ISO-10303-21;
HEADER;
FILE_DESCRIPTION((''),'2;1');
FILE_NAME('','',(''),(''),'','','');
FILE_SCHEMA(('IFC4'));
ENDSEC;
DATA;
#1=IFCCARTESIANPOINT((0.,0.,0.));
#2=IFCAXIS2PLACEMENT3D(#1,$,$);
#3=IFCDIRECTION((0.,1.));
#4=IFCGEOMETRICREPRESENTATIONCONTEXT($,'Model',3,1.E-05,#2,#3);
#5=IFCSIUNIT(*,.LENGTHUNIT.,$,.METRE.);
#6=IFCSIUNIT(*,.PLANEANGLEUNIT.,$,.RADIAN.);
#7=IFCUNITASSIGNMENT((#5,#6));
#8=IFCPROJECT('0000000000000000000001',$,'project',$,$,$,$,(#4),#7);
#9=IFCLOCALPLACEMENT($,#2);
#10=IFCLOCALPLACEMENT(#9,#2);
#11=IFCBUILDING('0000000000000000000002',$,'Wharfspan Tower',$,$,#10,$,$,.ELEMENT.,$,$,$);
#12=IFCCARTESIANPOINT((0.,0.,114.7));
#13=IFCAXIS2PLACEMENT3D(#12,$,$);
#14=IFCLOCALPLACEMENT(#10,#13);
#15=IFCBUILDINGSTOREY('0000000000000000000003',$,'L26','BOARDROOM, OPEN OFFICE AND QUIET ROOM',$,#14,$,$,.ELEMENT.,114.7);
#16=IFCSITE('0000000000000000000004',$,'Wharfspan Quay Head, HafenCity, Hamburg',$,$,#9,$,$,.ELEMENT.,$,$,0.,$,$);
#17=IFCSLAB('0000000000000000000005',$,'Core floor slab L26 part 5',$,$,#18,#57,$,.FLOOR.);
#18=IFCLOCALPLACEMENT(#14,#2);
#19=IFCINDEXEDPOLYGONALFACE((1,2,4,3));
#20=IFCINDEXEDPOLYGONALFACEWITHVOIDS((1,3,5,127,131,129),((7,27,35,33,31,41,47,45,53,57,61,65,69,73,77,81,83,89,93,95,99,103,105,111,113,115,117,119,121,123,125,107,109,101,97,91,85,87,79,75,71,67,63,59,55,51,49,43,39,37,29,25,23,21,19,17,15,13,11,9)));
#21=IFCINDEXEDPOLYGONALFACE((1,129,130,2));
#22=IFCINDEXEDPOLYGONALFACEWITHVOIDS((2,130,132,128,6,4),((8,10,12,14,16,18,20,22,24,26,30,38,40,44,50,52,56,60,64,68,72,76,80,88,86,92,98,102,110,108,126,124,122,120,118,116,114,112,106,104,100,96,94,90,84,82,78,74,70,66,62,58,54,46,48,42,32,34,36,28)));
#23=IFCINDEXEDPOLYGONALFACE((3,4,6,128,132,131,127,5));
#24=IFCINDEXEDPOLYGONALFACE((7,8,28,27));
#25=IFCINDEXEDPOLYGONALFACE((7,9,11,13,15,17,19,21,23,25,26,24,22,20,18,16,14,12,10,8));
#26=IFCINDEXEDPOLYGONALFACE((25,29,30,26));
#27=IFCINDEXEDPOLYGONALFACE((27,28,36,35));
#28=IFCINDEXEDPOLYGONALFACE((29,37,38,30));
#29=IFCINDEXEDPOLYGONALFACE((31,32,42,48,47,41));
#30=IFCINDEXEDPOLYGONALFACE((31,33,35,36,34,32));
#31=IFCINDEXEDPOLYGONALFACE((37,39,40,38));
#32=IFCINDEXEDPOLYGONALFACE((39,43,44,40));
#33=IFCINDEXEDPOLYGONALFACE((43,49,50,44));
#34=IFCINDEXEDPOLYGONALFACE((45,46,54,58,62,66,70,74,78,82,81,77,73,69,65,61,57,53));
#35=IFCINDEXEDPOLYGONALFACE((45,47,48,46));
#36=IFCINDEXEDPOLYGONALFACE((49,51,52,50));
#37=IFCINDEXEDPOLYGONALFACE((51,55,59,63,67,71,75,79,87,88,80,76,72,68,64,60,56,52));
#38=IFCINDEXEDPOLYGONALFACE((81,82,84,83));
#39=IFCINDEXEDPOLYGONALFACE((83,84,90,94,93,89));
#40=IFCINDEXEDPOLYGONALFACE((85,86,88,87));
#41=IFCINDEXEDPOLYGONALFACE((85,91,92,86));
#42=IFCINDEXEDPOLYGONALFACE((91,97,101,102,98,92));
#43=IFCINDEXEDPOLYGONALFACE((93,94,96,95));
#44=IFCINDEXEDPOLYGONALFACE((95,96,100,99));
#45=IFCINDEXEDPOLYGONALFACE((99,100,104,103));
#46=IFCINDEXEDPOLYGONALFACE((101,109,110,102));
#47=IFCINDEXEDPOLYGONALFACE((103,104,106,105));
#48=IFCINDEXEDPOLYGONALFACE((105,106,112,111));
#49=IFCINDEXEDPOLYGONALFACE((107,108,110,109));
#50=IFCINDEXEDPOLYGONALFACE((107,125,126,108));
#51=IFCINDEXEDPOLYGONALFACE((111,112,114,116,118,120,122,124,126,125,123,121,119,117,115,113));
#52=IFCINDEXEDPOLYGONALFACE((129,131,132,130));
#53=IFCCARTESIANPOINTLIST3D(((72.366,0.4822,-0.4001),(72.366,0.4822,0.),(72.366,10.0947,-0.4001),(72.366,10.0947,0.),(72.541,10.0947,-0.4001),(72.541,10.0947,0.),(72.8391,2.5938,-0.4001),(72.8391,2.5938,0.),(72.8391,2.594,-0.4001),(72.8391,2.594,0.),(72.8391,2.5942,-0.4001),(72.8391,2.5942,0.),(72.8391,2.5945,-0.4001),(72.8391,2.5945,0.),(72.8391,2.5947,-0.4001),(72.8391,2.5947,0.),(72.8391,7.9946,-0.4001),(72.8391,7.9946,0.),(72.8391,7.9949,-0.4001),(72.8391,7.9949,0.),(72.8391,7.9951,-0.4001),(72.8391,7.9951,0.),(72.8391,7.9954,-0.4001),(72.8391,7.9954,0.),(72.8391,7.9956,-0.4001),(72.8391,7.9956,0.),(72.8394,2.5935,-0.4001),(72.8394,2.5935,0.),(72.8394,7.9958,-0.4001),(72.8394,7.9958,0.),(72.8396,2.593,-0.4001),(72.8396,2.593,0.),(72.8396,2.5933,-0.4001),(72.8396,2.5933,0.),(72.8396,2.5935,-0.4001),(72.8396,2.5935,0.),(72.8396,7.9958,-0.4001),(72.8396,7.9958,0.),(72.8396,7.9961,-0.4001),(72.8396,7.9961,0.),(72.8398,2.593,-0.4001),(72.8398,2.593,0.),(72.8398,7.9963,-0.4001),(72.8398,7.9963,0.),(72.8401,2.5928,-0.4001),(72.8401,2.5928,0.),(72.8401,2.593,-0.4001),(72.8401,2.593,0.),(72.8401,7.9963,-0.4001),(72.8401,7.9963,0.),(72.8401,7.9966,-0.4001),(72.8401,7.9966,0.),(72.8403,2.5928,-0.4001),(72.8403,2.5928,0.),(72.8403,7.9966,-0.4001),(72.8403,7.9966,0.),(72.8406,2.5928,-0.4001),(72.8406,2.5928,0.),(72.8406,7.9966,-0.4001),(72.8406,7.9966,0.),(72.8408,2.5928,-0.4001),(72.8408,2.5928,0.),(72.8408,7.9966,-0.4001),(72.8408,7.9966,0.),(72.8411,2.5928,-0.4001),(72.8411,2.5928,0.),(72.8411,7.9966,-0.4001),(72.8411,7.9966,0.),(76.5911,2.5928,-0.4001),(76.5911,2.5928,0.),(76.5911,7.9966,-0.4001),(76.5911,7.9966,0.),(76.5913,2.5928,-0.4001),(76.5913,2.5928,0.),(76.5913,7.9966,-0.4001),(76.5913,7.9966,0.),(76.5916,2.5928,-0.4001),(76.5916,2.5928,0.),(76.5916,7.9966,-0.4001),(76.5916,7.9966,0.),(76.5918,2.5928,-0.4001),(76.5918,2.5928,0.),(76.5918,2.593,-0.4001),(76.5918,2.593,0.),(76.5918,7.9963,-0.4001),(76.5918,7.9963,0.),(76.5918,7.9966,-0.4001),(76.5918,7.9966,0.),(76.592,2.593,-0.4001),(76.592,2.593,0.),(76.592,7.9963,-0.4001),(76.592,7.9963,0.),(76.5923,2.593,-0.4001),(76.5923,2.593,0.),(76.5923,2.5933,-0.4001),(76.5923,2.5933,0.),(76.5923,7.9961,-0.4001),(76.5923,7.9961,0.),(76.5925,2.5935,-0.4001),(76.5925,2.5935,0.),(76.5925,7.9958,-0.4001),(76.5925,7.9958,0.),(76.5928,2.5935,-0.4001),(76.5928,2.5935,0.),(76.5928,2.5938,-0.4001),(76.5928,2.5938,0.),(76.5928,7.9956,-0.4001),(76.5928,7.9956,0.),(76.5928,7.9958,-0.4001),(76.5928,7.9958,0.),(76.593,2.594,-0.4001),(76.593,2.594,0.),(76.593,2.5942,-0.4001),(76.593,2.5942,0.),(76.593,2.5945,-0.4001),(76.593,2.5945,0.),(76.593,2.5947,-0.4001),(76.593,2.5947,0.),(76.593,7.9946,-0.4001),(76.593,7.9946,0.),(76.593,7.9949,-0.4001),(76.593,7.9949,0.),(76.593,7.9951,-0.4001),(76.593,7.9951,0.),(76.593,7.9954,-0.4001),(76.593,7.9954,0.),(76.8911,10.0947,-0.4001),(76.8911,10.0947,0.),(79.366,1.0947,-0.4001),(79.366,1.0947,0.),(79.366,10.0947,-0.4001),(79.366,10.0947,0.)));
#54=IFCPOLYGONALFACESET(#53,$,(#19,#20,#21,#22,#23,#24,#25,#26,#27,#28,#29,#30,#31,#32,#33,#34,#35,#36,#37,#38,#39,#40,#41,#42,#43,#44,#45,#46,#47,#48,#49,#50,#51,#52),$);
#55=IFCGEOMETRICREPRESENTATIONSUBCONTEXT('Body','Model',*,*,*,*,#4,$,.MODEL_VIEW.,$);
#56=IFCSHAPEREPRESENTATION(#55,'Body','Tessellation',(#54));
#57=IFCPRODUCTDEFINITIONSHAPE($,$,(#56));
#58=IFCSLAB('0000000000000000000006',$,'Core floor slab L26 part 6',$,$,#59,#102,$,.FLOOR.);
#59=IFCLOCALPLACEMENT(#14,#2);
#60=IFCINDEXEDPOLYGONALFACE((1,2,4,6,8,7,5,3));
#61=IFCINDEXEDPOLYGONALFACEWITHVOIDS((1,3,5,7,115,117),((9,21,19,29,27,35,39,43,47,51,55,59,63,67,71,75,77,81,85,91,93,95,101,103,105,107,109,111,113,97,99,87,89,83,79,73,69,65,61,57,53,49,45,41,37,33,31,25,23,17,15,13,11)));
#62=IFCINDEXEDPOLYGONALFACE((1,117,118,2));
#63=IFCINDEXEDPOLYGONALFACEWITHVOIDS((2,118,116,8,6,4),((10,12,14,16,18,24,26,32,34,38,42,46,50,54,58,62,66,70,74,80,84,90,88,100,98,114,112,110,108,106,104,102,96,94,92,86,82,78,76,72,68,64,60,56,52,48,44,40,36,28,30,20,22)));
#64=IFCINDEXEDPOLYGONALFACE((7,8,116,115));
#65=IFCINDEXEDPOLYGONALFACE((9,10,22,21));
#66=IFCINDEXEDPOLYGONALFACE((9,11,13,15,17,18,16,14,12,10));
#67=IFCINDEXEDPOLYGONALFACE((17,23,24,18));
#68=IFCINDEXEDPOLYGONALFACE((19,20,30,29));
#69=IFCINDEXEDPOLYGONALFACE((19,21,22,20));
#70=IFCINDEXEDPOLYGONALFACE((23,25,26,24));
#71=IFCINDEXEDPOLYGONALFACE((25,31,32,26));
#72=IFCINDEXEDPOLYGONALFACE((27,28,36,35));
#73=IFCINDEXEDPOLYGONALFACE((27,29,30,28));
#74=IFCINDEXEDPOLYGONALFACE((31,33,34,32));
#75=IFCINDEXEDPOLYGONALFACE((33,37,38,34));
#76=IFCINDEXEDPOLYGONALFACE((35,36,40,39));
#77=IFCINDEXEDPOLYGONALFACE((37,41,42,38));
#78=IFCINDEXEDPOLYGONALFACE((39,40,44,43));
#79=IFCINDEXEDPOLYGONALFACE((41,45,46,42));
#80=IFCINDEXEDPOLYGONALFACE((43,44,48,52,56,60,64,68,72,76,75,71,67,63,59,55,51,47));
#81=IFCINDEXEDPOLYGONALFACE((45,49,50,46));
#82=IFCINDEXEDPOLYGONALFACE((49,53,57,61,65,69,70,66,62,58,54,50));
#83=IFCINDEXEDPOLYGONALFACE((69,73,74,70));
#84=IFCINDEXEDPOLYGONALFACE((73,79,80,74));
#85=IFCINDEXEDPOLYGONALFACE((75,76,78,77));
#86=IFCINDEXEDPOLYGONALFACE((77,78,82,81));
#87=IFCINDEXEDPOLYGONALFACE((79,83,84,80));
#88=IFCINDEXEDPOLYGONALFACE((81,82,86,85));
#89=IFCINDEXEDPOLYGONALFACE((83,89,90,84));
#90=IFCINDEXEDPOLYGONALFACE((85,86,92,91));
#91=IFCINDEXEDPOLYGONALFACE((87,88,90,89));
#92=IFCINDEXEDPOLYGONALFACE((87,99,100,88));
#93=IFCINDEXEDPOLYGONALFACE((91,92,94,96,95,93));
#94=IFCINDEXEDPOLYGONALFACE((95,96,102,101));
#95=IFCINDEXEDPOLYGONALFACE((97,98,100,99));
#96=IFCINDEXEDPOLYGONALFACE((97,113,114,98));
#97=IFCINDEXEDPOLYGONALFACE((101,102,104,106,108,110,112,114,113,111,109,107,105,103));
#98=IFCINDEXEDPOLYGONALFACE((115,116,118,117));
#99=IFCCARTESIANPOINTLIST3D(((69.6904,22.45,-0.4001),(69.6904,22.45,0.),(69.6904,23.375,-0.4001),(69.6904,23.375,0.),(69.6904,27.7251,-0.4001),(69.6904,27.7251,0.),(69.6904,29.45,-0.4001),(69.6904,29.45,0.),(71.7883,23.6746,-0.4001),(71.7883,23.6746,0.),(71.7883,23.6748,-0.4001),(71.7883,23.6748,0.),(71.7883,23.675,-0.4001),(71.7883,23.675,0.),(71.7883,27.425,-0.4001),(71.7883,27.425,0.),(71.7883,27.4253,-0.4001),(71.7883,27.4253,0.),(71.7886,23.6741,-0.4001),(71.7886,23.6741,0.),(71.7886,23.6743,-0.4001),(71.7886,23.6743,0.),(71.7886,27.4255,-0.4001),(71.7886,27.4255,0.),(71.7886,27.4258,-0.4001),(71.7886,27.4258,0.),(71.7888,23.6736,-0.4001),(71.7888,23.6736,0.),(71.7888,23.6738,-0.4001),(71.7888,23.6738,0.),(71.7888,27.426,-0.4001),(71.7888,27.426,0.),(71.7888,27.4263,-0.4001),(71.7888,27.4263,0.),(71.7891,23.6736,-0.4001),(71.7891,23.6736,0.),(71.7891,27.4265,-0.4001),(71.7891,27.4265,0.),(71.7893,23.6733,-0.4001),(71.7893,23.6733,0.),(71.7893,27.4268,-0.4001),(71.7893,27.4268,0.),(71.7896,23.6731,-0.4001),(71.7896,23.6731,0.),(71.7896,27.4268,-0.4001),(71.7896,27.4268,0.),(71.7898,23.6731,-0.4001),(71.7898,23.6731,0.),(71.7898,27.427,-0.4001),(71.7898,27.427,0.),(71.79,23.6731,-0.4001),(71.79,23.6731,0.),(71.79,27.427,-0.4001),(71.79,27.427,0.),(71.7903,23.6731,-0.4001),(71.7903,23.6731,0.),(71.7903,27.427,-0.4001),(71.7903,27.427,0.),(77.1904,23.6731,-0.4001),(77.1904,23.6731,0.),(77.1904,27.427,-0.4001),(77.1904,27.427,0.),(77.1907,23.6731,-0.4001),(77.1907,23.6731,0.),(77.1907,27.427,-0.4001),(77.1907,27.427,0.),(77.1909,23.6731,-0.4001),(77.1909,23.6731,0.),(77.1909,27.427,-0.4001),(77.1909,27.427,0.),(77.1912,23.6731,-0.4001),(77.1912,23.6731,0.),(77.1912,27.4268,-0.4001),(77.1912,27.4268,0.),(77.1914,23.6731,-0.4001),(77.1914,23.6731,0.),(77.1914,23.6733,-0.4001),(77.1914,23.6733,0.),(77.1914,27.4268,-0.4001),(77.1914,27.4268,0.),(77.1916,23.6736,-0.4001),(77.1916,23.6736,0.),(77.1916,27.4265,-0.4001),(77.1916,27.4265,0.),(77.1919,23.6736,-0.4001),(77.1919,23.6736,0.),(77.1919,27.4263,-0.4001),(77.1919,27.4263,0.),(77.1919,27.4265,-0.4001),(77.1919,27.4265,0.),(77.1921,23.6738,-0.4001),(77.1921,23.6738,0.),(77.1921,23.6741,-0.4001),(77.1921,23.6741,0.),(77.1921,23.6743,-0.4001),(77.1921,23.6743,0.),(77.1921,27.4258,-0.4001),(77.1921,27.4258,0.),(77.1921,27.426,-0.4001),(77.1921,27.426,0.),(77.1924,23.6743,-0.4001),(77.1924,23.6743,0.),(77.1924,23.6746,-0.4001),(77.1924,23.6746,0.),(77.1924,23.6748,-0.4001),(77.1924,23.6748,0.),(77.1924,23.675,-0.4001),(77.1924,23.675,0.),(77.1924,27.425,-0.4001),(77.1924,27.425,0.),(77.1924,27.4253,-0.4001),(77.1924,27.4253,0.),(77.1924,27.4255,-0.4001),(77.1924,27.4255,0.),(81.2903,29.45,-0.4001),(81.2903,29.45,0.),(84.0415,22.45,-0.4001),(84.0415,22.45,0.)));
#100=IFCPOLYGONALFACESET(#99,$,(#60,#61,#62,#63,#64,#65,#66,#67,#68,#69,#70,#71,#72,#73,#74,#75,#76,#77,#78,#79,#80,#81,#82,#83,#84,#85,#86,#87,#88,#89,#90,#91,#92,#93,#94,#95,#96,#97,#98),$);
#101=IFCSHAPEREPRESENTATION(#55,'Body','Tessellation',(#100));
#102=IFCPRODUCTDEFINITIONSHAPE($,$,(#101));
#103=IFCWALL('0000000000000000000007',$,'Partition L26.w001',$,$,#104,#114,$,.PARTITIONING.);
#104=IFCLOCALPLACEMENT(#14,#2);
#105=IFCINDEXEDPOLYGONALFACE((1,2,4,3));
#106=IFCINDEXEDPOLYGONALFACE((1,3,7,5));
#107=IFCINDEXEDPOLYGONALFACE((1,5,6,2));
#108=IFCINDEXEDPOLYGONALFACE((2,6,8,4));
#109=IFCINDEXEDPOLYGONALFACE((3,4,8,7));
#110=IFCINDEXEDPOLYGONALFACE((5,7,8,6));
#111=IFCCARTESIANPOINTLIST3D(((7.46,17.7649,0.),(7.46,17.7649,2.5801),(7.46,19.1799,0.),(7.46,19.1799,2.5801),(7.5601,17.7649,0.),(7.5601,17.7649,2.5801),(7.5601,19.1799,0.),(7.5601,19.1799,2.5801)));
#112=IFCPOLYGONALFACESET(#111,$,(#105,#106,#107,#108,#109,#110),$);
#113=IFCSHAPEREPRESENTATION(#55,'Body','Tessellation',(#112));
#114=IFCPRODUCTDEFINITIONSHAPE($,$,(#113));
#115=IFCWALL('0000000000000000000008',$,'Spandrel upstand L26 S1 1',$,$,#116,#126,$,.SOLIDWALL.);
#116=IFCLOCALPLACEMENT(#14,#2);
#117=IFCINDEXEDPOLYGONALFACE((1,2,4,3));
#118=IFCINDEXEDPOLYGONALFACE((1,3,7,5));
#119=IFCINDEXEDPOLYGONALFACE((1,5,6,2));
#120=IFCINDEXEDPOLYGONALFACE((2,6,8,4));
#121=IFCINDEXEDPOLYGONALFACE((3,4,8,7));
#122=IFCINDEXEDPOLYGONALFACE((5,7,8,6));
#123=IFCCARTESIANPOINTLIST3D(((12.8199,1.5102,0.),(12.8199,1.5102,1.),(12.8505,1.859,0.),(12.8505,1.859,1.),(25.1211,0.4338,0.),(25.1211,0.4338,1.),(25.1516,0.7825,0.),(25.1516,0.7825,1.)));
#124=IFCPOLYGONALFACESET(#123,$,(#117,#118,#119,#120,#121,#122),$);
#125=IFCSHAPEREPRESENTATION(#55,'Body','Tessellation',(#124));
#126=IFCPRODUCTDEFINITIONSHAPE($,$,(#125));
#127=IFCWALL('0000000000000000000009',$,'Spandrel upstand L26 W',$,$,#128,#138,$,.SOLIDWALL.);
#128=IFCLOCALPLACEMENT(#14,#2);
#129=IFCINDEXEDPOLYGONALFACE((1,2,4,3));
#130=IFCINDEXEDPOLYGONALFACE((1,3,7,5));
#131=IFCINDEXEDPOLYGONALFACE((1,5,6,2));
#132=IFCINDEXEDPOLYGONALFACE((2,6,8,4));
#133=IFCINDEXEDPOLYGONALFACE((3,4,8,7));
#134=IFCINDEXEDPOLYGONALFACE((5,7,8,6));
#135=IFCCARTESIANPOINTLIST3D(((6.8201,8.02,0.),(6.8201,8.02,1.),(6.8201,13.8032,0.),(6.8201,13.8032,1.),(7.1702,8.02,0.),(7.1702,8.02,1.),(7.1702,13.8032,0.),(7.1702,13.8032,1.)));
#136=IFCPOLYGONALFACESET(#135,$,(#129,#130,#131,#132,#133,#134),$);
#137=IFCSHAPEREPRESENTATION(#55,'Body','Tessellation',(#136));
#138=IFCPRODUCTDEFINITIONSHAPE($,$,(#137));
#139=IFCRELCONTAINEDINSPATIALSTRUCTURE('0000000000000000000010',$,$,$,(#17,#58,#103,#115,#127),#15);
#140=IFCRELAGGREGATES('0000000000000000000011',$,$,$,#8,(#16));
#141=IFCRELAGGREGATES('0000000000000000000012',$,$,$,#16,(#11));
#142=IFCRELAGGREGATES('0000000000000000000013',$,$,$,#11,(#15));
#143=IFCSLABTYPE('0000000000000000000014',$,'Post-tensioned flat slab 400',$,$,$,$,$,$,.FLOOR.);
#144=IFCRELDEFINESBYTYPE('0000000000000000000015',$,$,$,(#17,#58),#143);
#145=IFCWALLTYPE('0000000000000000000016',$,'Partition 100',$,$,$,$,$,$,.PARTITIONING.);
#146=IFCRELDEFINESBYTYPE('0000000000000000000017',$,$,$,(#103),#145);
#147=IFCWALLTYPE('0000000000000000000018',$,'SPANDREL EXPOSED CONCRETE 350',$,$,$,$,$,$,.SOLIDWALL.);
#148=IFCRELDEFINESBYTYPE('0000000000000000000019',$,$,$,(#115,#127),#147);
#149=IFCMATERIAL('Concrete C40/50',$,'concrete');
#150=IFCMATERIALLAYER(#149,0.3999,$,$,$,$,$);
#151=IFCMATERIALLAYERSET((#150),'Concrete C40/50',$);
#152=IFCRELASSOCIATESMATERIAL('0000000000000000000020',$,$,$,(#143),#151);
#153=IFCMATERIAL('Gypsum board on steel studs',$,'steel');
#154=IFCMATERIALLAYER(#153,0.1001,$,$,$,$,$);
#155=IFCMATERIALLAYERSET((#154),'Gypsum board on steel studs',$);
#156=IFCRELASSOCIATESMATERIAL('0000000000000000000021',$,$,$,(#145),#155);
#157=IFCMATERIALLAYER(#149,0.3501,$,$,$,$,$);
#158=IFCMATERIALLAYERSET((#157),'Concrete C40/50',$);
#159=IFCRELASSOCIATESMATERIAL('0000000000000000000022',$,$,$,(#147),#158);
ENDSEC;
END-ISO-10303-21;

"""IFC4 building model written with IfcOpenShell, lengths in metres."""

from ifc_helpers import new_model, si_unit, direction, frame, frame_2d, origin, place, context, subcontext, project, spatial, polyline, rectangle, outline, extrude, material, layer, layer_set, type_object, element, save


model = new_model("IFC4")

# Units and contexts
model_context = context("Model", 3, precision=1e-05, world=origin(), true_north=direction((0.0, 1.0)))
body_context = subcontext(model_context, "Body", "Model", "MODEL_VIEW")
ifc_project = project(units=[si_unit("LENGTHUNIT", "METRE"), si_unit("PLANEANGLEUNIT", "RADIAN")], contexts=[model_context])

# Site, building, storey
site_placement = place(None, origin())
site = spatial("IfcSite", under=ifc_project, at=site_placement, Name="Wharfspan Quay Head, HafenCity, Hamburg", CompositionType="ELEMENT", RefElevation=0.0)
building_placement = place(site_placement, origin())
building = spatial("IfcBuilding", under=site, at=building_placement, Name="Wharfspan Tower", CompositionType="ELEMENT")
storey_placement = place(building_placement, frame((0.0, 0.0, 114.7)))
storey = spatial("IfcBuildingStorey", under=building, at=storey_placement, Name="L26", Description="BOARDROOM, OPEN OFFICE AND QUIET ROOM", CompositionType="ELEMENT", Elevation=114.7)

# Slabs
ifc_material_1 = material(Name="Concrete C40/50", Category="concrete")
ifc_layer_1 = layer(ifc_material_1, 0.3999)
ifc_layer_set_1 = layer_set([ifc_layer_1], Name="Concrete C40/50")
slab_type = type_object("IfcSlabType", Name="Post-tensioned flat slab 400", PredefinedType="FLOOR", material=ifc_layer_set_1)
slab_1_placement = place(storey_placement, frame((0.0, 0.0, -0.4001)))
element("IfcSlab", 1, at=slab_1_placement, inside=storey, type_object=slab_type, Name="Core floor slab L26 part 5", PredefinedType="FLOOR", context=body_context, shape_type="SweptSolid", body=[
    extrude(outline(polyline([(79.366, 10.0947), (76.8911, 10.0947), (72.541, 10.0947), (72.366, 10.0947), (72.366, 0.4822), (79.366, 1.0947), (79.366, 10.0947)]), holes=[polyline([(76.5911, 7.9966), (76.5913, 7.9966), (76.5913, 7.9966), (76.5916, 7.9966), (76.5918, 7.9966), (76.5918, 7.9963), (76.592, 7.9963), (76.5923, 7.9961), (76.5923, 7.9961), (76.5925, 7.9958), (76.5928, 7.9958), (76.5928, 7.9956), (76.593, 7.9954), (76.593, 7.9951), (76.593, 7.9951), (76.593, 7.9949), (76.593, 7.9946), (76.593, 2.5947), (76.593, 2.5945), (76.593, 2.5942), (76.593, 2.594), (76.593, 2.594), (76.5928, 2.5938), (76.5928, 2.5935), (76.5925, 2.5935), (76.5923, 2.5933), (76.5923, 2.593), (76.592, 2.593), (76.5918, 2.593), (76.5918, 2.5928), (76.5916, 2.5928), (76.5913, 2.5928), (76.5913, 2.5928), (76.5911, 2.5928), (72.8411, 2.5928), (72.8408, 2.5928), (72.8406, 2.5928), (72.8403, 2.5928), (72.8401, 2.5928), (72.8401, 2.593), (72.8398, 2.593), (72.8396, 2.593), (72.8396, 2.5933), (72.8396, 2.5935), (72.8394, 2.5935), (72.8391, 2.5938), (72.8391, 2.594), (72.8391, 2.594), (72.8391, 2.5942), (72.8391, 2.5945), (72.8391, 2.5947), (72.8391, 7.9946), (72.8391, 7.9949), (72.8391, 7.9951), (72.8391, 7.9951), (72.8391, 7.9954), (72.8391, 7.9956), (72.8394, 7.9958), (72.8396, 7.9958), (72.8396, 7.9961), (72.8396, 7.9961), (72.8398, 7.9963), (72.8401, 7.9963), (72.8401, 7.9966), (72.8403, 7.9966), (72.8406, 7.9966), (72.8408, 7.9966), (72.8411, 7.9966), (76.5911, 7.9966)])]), origin(), (0.0, 0.0, 1.0), 0.4001),
])
slab_2_placement = place(storey_placement, frame((0.0, 0.0, -0.4001)))
element("IfcSlab", 2, at=slab_2_placement, inside=storey, type_object=slab_type, Name="Core floor slab L26 part 6", PredefinedType="FLOOR", context=body_context, shape_type="SweptSolid", body=[
    extrude(outline(polyline([(81.2903, 29.45), (69.6904, 29.45), (69.6904, 27.7251), (69.6904, 23.375), (69.6904, 22.45), (84.0415, 22.45), (81.2903, 29.45)]), holes=[polyline([(71.7903, 23.6731), (71.7903, 23.6731), (71.79, 23.6731), (71.7898, 23.6731), (71.7896, 23.6731), (71.7896, 23.6731), (71.7893, 23.6733), (71.7891, 23.6736), (71.7891, 23.6736), (71.7888, 23.6736), (71.7888, 23.6738), (71.7886, 23.6741), (71.7886, 23.6743), (71.7886, 23.6743), (71.7883, 23.6746), (71.7883, 23.6748), (71.7883, 23.675), (71.7883, 27.425), (71.7883, 27.4253), (71.7883, 27.4253), (71.7886, 27.4255), (71.7886, 27.4258), (71.7886, 27.4258), (71.7888, 27.426), (71.7888, 27.4263), (71.7891, 27.4265), (71.7891, 27.4265), (71.7893, 27.4268), (71.7896, 27.4268), (71.7896, 27.4268), (71.7898, 27.427), (71.79, 27.427), (71.7903, 27.427), (71.7903, 27.427), (77.1904, 27.427), (77.1907, 27.427), (77.1909, 27.427), (77.1909, 27.427), (77.1912, 27.4268), (77.1914, 27.4268), (77.1914, 27.4268), (77.1916, 27.4265), (77.1919, 27.4265), (77.1919, 27.4263), (77.1921, 27.426), (77.1921, 27.4258), (77.1921, 27.4258), (77.1924, 27.4255), (77.1924, 27.4253), (77.1924, 27.4253), (77.1924, 27.425), (77.1924, 23.675), (77.1924, 23.6748), (77.1924, 23.6746), (77.1924, 23.6743), (77.1921, 23.6743), (77.1921, 23.6741), (77.1921, 23.6738), (77.1919, 23.6736), (77.1919, 23.6736), (77.1916, 23.6736), (77.1914, 23.6733), (77.1914, 23.6731), (77.1912, 23.6731), (77.1909, 23.6731), (77.1909, 23.6731), (77.1907, 23.6731), (77.1904, 23.6731), (71.7903, 23.6731)])]), origin(), (0.0, 0.0, 1.0), 0.4001),
])

# Walls
ifc_material_2 = material(Name="Gypsum board on steel studs", Category="steel")
ifc_layer_2 = layer(ifc_material_2, 0.1001)
ifc_layer_set_2 = layer_set([ifc_layer_2], Name="Gypsum board on steel studs")
wall_type_1 = type_object("IfcWallType", Name="Partition 100", PredefinedType="PARTITIONING", material=ifc_layer_set_2)
wall_1_placement = place(storey_placement, frame((7.51, 17.7649, 0.0), z_axis=(0.0, 0.0, 1.0), x_axis=(0.0, 1.0, 0.0)))
element("IfcWall", 3, at=wall_1_placement, inside=storey, type_object=wall_type_1, Name="Partition L26.w001", PredefinedType="PARTITIONING", context=body_context, shape_type="SweptSolid", body=[
    extrude(rectangle(XDim=1.415, YDim=0.1001, at=frame_2d((0.7075, 0.0))), origin(), (0.0, 0.0, 1.0), 2.5801),
])
ifc_layer_3 = layer(ifc_material_1, 0.3501)
ifc_layer_set_3 = layer_set([ifc_layer_3], Name="Concrete C40/50")
wall_type_2 = type_object("IfcWallType", Name="SPANDREL EXPOSED CONCRETE 350", PredefinedType="SOLIDWALL", material=ifc_layer_set_3)
wall_2_placement = place(storey_placement, frame((12.8352, 1.6846, 0.0), z_axis=(0.0, 0.0, 1.0), x_axis=(0.996192, -0.087173, 0.0)))
element("IfcWall", 4, at=wall_2_placement, inside=storey, type_object=wall_type_2, Name="Spandrel upstand L26 S1 1", PredefinedType="SOLIDWALL", context=body_context, shape_type="SweptSolid", body=[
    extrude(rectangle(XDim=12.3481, YDim=0.3501, at=frame_2d((6.1741, 0.0))), origin(), (0.0, 0.0, 1.0), 1.0),
])
wall_3_placement = place(storey_placement, frame((6.9951, 13.8032, 0.0), z_axis=(0.0, 0.0, 1.0), x_axis=(0.0, -1.0, 0.0)))
element("IfcWall", 5, at=wall_3_placement, inside=storey, type_object=wall_type_2, Name="Spandrel upstand L26 W", PredefinedType="SOLIDWALL", context=body_context, shape_type="SweptSolid", body=[
    extrude(rectangle(XDim=5.7832, YDim=0.3501, at=frame_2d((2.8916, 0.0))), origin(), (0.0, 0.0, 1.0), 1.0),
])

save(model, "model.ifc")
